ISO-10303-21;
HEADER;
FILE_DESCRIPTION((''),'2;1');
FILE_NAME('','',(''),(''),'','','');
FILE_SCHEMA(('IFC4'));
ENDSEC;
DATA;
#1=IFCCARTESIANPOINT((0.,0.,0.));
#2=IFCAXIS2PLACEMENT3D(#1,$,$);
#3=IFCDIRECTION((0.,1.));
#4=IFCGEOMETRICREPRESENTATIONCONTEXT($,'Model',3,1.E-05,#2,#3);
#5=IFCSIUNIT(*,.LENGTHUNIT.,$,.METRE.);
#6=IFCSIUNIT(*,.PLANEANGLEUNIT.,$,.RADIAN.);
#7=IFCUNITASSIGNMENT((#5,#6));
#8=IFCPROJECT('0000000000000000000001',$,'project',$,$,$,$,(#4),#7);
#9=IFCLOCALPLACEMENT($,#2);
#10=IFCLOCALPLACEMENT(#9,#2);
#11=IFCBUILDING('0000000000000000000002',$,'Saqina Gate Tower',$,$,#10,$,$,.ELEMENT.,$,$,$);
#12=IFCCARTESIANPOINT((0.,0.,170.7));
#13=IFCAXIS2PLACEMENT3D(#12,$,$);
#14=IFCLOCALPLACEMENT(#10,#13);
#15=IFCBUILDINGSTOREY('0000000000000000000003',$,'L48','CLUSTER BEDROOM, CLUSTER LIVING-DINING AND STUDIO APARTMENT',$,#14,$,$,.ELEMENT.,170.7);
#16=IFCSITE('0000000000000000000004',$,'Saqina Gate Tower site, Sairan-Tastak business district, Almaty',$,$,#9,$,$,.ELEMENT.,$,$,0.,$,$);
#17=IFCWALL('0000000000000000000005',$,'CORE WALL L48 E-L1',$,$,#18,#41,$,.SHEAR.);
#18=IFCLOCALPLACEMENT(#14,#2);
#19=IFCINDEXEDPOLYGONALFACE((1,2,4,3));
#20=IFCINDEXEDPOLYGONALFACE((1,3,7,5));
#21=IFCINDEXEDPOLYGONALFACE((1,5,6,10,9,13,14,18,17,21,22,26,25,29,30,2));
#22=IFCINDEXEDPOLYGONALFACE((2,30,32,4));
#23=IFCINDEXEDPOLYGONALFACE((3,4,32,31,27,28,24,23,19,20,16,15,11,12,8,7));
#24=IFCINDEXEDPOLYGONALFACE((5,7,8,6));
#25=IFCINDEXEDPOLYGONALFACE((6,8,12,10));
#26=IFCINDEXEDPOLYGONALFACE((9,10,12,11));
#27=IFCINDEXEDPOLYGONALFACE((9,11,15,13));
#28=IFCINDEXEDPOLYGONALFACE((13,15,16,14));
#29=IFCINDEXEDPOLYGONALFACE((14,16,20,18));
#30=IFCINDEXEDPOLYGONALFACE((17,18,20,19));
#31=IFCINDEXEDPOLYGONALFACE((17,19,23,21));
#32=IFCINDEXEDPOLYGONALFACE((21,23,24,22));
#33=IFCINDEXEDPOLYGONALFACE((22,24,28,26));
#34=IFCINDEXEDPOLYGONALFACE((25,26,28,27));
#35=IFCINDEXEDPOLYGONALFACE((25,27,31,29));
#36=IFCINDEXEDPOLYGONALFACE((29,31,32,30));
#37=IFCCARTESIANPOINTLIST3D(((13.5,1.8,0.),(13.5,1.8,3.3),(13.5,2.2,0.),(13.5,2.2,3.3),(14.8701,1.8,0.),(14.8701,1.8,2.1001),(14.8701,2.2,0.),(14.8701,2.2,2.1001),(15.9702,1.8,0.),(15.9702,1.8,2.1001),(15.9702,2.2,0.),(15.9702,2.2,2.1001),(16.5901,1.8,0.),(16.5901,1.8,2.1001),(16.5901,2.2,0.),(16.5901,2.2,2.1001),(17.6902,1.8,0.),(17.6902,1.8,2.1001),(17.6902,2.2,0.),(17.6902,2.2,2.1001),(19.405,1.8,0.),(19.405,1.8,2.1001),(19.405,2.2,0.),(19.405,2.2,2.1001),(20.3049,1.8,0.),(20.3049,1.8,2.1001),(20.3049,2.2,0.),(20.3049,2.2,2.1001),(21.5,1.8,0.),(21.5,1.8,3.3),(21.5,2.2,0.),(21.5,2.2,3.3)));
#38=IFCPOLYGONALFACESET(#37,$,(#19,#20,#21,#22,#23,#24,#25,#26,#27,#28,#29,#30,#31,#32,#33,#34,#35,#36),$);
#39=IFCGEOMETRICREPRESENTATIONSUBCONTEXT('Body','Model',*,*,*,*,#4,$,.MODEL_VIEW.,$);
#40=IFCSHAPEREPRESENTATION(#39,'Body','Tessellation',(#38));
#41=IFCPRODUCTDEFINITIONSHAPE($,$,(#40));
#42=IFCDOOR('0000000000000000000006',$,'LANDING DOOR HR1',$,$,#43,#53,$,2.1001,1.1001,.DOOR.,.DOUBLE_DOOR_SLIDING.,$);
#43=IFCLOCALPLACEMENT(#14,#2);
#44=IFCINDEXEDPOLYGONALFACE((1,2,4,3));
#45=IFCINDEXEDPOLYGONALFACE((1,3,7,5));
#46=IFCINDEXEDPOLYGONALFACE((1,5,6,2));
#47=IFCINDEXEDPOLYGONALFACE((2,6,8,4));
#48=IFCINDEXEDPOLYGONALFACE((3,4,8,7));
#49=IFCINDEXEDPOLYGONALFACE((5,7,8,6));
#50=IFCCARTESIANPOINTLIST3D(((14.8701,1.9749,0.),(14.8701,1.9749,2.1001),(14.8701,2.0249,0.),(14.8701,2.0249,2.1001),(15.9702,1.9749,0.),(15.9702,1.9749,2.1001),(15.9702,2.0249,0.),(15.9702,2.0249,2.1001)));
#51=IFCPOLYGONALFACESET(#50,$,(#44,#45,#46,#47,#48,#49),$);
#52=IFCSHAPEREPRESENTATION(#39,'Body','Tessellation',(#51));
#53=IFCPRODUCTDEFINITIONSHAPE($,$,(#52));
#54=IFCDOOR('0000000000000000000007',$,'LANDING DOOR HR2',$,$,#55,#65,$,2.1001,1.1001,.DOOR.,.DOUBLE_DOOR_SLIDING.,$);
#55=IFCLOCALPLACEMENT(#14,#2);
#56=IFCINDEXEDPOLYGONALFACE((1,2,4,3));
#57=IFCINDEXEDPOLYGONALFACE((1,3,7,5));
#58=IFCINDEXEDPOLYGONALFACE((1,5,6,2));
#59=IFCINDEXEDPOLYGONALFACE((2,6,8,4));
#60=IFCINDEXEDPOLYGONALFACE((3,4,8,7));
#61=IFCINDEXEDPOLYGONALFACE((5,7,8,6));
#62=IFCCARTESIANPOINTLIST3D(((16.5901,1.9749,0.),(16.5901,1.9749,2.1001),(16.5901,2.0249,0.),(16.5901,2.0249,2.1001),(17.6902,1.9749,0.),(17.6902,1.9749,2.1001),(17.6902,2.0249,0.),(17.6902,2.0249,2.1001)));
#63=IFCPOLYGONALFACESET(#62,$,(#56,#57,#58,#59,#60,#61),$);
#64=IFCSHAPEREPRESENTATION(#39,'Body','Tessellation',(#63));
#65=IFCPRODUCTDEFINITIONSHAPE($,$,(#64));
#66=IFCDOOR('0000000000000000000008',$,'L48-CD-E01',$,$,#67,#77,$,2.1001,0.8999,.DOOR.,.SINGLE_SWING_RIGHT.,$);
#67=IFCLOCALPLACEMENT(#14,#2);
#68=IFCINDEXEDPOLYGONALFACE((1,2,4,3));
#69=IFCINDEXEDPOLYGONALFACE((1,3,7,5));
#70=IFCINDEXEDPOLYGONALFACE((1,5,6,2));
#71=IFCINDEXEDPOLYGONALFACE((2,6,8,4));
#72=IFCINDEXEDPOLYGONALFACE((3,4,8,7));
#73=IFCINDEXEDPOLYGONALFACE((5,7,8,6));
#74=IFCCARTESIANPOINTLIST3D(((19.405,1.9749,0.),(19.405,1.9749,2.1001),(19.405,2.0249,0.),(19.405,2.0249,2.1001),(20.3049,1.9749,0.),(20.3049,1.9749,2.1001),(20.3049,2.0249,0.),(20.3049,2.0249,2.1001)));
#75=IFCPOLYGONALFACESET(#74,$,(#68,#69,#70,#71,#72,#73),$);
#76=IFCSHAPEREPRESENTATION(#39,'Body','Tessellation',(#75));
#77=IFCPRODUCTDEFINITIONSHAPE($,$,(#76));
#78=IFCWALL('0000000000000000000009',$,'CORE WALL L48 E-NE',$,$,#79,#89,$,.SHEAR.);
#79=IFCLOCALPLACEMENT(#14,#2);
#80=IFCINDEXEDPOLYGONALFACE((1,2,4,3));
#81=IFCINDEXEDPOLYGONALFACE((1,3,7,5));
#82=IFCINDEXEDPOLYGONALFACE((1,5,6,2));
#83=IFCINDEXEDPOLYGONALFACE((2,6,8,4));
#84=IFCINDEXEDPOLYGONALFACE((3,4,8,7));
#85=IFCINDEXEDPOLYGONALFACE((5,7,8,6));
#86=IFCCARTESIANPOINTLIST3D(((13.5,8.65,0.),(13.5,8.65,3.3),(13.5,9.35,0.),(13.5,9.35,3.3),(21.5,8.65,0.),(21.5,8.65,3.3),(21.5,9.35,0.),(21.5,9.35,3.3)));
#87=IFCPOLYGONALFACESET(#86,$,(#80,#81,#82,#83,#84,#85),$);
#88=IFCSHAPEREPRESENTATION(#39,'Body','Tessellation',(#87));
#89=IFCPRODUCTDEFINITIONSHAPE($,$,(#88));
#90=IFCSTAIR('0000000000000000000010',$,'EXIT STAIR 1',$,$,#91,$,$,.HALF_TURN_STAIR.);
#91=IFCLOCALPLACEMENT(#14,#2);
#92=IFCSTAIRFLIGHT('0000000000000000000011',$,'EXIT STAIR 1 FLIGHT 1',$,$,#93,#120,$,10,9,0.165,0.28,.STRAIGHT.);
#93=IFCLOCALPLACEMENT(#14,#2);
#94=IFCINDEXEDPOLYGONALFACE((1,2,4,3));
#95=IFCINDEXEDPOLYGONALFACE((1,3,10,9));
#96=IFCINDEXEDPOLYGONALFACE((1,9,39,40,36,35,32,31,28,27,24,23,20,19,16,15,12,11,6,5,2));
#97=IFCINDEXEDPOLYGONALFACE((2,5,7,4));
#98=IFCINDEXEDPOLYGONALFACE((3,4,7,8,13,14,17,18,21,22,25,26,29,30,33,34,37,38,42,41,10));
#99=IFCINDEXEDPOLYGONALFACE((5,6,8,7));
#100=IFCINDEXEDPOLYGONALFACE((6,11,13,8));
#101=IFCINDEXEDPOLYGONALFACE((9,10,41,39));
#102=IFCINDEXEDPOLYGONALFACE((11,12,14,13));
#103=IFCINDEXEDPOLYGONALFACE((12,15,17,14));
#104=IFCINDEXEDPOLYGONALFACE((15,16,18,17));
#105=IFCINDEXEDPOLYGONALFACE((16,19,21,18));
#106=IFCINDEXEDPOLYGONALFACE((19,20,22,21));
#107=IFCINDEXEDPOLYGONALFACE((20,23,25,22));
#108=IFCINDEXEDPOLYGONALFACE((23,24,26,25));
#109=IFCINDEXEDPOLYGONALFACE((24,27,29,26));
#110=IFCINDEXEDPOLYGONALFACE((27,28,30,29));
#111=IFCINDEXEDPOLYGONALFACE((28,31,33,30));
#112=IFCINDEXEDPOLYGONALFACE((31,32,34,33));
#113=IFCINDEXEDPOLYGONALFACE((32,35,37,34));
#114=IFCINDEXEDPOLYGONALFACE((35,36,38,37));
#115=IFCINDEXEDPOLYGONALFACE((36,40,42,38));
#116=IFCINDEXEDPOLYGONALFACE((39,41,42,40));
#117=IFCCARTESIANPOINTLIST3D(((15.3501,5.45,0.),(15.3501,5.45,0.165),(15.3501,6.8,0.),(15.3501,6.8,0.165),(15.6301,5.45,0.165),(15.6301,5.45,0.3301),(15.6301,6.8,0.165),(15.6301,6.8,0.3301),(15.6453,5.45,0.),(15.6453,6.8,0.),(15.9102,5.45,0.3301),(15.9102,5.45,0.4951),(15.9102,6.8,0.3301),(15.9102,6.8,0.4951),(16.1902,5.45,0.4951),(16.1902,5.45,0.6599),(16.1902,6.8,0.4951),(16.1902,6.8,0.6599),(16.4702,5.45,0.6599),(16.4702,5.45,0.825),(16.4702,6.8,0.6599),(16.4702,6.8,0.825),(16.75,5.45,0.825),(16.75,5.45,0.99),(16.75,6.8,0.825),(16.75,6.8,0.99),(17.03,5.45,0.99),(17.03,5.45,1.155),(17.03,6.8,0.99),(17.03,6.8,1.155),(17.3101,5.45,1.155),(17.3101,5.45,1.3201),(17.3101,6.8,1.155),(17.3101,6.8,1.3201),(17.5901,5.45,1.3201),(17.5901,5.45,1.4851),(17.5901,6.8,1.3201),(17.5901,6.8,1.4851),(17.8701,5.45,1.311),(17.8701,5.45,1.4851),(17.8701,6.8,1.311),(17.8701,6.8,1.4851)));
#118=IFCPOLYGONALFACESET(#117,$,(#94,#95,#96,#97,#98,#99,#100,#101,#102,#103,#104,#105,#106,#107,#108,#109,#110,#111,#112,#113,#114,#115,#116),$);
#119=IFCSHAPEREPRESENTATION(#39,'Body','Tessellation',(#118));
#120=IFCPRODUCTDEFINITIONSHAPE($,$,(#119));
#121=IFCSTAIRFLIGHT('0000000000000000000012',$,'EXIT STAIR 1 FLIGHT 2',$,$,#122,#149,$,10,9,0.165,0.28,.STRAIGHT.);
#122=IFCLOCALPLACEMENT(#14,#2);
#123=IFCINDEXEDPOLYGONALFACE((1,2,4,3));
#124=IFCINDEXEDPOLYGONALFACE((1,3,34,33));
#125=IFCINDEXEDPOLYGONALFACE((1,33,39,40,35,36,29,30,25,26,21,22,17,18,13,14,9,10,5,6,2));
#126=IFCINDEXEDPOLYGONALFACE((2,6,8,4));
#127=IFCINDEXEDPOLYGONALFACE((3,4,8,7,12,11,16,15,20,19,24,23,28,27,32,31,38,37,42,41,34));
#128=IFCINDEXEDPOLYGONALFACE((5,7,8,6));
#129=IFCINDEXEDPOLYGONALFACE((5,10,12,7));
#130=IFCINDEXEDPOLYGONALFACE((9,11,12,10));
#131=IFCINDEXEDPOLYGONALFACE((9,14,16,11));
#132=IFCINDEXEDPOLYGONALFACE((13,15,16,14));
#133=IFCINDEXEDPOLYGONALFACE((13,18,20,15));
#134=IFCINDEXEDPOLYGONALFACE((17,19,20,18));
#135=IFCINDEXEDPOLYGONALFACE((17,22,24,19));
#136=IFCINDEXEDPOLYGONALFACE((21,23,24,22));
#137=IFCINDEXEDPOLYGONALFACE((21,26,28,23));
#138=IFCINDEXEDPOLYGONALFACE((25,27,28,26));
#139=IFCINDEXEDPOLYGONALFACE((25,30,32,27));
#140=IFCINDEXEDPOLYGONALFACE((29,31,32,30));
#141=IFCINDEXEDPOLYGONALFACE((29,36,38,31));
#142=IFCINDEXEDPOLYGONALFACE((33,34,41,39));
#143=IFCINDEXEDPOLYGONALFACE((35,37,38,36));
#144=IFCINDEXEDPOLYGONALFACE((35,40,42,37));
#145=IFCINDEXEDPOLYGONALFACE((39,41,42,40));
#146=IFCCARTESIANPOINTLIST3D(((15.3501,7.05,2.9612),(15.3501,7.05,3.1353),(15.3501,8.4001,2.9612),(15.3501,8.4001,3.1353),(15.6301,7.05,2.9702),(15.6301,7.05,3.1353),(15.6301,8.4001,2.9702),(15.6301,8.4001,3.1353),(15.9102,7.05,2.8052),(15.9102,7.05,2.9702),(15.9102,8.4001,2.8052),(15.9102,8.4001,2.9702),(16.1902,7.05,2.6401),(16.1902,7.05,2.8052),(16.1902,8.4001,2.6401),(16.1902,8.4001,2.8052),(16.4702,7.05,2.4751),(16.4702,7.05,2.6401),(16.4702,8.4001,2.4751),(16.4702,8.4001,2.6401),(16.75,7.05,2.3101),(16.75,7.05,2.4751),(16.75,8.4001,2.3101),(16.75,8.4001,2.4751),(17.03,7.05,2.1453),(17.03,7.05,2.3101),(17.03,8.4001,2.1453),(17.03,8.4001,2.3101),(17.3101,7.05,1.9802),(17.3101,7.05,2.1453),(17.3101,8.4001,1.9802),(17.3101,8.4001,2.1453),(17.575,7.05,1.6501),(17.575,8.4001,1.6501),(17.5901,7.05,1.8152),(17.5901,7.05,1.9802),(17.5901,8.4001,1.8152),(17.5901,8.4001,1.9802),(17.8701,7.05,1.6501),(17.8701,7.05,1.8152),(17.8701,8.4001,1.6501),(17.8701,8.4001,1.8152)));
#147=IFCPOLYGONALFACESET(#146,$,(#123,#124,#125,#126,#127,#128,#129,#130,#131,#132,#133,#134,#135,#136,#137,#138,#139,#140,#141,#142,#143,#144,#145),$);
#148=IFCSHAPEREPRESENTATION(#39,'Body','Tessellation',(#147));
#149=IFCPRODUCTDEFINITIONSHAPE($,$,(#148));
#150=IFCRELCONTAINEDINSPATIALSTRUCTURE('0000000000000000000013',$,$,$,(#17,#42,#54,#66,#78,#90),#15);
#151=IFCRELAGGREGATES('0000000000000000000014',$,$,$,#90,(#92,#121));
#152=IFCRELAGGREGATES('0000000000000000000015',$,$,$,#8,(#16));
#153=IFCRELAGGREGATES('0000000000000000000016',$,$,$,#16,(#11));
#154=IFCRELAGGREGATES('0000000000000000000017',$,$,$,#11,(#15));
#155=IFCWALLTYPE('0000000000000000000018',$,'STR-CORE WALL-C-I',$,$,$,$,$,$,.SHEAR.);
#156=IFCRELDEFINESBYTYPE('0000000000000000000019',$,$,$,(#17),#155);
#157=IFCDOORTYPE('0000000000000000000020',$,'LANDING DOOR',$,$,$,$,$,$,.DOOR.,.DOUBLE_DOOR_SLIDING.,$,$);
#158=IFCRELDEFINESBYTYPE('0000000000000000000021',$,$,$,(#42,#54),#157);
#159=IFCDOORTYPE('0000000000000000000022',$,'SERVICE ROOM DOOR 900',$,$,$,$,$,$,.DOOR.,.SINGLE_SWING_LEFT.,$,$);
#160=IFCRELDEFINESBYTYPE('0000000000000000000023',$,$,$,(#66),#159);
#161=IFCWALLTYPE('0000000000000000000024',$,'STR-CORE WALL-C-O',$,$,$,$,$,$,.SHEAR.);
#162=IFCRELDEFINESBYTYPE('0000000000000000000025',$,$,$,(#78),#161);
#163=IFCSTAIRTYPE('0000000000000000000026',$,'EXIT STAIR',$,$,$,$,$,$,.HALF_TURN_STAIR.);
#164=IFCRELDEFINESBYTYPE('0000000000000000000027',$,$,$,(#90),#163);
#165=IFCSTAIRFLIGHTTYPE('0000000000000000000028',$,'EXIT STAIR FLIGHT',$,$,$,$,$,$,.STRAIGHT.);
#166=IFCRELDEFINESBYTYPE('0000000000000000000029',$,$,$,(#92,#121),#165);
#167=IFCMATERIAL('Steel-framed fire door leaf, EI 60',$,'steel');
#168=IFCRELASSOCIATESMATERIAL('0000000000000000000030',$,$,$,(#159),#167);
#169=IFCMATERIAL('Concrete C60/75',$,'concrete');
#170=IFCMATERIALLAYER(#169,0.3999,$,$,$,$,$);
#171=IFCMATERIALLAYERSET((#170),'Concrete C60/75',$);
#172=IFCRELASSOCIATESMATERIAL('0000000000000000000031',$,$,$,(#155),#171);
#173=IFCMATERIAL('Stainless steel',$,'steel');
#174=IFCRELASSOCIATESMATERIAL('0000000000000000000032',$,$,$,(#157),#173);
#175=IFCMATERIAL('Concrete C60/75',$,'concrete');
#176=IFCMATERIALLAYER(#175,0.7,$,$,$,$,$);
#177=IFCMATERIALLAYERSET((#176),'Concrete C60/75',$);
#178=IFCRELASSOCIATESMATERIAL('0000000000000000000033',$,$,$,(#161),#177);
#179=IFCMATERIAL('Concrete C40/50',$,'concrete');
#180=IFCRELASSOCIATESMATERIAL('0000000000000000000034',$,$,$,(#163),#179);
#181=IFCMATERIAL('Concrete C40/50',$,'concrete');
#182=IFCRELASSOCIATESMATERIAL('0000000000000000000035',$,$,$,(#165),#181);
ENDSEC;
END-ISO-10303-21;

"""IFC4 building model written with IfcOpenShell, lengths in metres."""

from ifc_helpers import new_model, si_unit, direction, frame, frame_2d, origin, place, context, subcontext, project, spatial, polyline, rectangle, outline, extrude, material, layer, layer_set, type_object, element, fill, aggregate, save


model = new_model("IFC4")

# Units and contexts
model_context = context("Model", 3, precision=1e-05, world=origin(), true_north=direction((0.0, 1.0)))
body_context = subcontext(model_context, "Body", "Model", "MODEL_VIEW")
ifc_project = project(units=[si_unit("LENGTHUNIT", "METRE"), si_unit("PLANEANGLEUNIT", "RADIAN")], contexts=[model_context])

# Site, building, storey
site_placement = place(None, origin())
site = spatial("IfcSite", under=ifc_project, at=site_placement, Name="Saqina Gate Tower site, Sairan-Tastak business district, Almaty", CompositionType="ELEMENT", RefElevation=0.0)
building_placement = place(site_placement, origin())
building = spatial("IfcBuilding", under=site, at=building_placement, Name="Saqina Gate Tower", CompositionType="ELEMENT")
storey_placement = place(building_placement, frame((0.0, 0.0, 170.7)))
storey = spatial("IfcBuildingStorey", under=building, at=storey_placement, Name="L48", Description="CLUSTER BEDROOM, CLUSTER LIVING-DINING AND STUDIO APARTMENT", CompositionType="ELEMENT", Elevation=170.7)

# Shared definitions
ifc_material_1 = material(Name="Steel-framed fire door leaf, EI 60", Category="steel")
door_type_1 = type_object("IfcDoorType", Name="SERVICE ROOM DOOR 900", OperationType="SINGLE_SWING_LEFT", PredefinedType="DOOR", material=ifc_material_1)

# Shared definitions
ifc_material_2 = material(Name="Concrete C60/75", Category="concrete")
ifc_layer_1 = layer(ifc_material_2, 0.3999)
ifc_layer_set_1 = layer_set([ifc_layer_1], Name="Concrete C60/75")
wall_type_1 = type_object("IfcWallType", Name="STR-CORE WALL-C-I", PredefinedType="SHEAR", material=ifc_layer_set_1)

# Wall, openings, doors
wall_1_placement = place(storey_placement, frame((13.5, 2.0, 0.0), z_axis=(0.0, 0.0, 1.0), x_axis=(1.0, 0.0, 0.0)))
wall_1 = element("IfcWall", 1, at=wall_1_placement, inside=storey, type_object=wall_type_1, Name="CORE WALL L48 E-L1", PredefinedType="SHEAR", context=body_context, shape_type="SweptSolid", body=[
    extrude(rectangle(XDim=8.0, YDim=0.3999, at=frame_2d((4.0, 0.0))), origin(), (0.0, 0.0, 1.0), 3.3),
])
opening_1_placement = place(wall_1_placement, frame((1.3701, 0.0, 0.0)))
opening_1 = element("IfcOpeningElement", 2, at=opening_1_placement, cuts=wall_1, PredefinedType="OPENING", context=body_context, shape_type="SweptSolid", body=[
    extrude(rectangle(XDim=1.1001, YDim=2.1001, at=frame_2d((0.55, 1.05))), frame((0.0, 0.2119, 0.0), z_axis=(0.0, -1.0, 0.0), x_axis=(1.0, 0.0, 0.0)), (0.0, 0.0, 1.0), 0.4238),
])
opening_2_placement = place(wall_1_placement, frame((3.0901, 0.0, 0.0)))
opening_2 = element("IfcOpeningElement", 3, at=opening_2_placement, cuts=wall_1, PredefinedType="OPENING", context=body_context, shape_type="SweptSolid", body=[
    extrude(rectangle(XDim=1.1001, YDim=2.1001, at=frame_2d((0.55, 1.05))), frame((0.0, 0.2119, 0.0), z_axis=(0.0, -1.0, 0.0), x_axis=(1.0, 0.0, 0.0)), (0.0, 0.0, 1.0), 0.4238),
])
opening_3_placement = place(wall_1_placement, frame((5.905, 0.0, 0.0)))
opening_3 = element("IfcOpeningElement", 4, at=opening_3_placement, cuts=wall_1, PredefinedType="OPENING", context=body_context, shape_type="SweptSolid", body=[
    extrude(rectangle(XDim=0.8999, YDim=2.1001, at=frame_2d((0.45, 1.05))), frame((0.0, 0.2119, 0.0), z_axis=(0.0, -1.0, 0.0), x_axis=(1.0, 0.0, 0.0)), (0.0, 0.0, 1.0), 0.4238),
])
ifc_material_3 = material(Name="Stainless steel", Category="steel")
door_type_2 = type_object("IfcDoorType", Name="LANDING DOOR", OperationType="DOUBLE_DOOR_SLIDING", PredefinedType="DOOR", material=ifc_material_3)
door_1_placement = place(opening_1_placement, origin())
door_1 = element("IfcDoor", 5, at=door_1_placement, inside=storey, type_object=door_type_2, Name="LANDING DOOR HR1", OperationType="DOUBLE_DOOR_SLIDING", OverallHeight=2.1001, OverallWidth=1.1001, PredefinedType="DOOR", context=body_context, shape_type="SweptSolid", body=[
    extrude(rectangle(XDim=1.1001, YDim=2.1001, at=frame_2d((0.55, 1.05))), frame((0.0, 0.0249, 0.0), z_axis=(0.0, -1.0, 0.0), x_axis=(1.0, 0.0, 0.0)), (0.0, 0.0, 1.0), 0.05),
])
fill(opening_1, door_1)
door_2_placement = place(opening_2_placement, origin())
door_2 = element("IfcDoor", 6, at=door_2_placement, inside=storey, type_object=door_type_2, Name="LANDING DOOR HR2", OperationType="DOUBLE_DOOR_SLIDING", OverallHeight=2.1001, OverallWidth=1.1001, PredefinedType="DOOR", context=body_context, shape_type="SweptSolid", body=[
    extrude(rectangle(XDim=1.1001, YDim=2.1001, at=frame_2d((0.55, 1.05))), frame((0.0, 0.0249, 0.0), z_axis=(0.0, -1.0, 0.0), x_axis=(1.0, 0.0, 0.0)), (0.0, 0.0, 1.0), 0.05),
])
fill(opening_2, door_2)
door_3_placement = place(opening_3_placement, origin())
door_3 = element("IfcDoor", 7, at=door_3_placement, inside=storey, type_object=door_type_1, Name="L48-CD-E01", OperationType="SINGLE_SWING_RIGHT", OverallHeight=2.1001, OverallWidth=0.8999, PredefinedType="DOOR", context=body_context, shape_type="SweptSolid", body=[
    extrude(rectangle(XDim=0.8999, YDim=2.1001, at=frame_2d((0.45, 1.05))), frame((0.0, 0.0249, 0.0), z_axis=(0.0, -1.0, 0.0), x_axis=(1.0, 0.0, 0.0)), (0.0, 0.0, 1.0), 0.05),
])
fill(opening_3, door_3)

# Wall
ifc_material_4 = material(Name="Concrete C60/75", Category="concrete")
ifc_layer_2 = layer(ifc_material_4, 0.7)
ifc_layer_set_2 = layer_set([ifc_layer_2], Name="Concrete C60/75")
wall_type_2 = type_object("IfcWallType", Name="STR-CORE WALL-C-O", PredefinedType="SHEAR", material=ifc_layer_set_2)
wall_2_placement = place(storey_placement, frame((13.5, 9.0, 0.0), z_axis=(0.0, 0.0, 1.0), x_axis=(1.0, 0.0, 0.0)))
element("IfcWall", 8, at=wall_2_placement, inside=storey, type_object=wall_type_2, Name="CORE WALL L48 E-NE", PredefinedType="SHEAR", context=body_context, shape_type="SweptSolid", body=[
    extrude(rectangle(XDim=8.0, YDim=0.7, at=frame_2d((4.0, 0.0))), origin(), (0.0, 0.0, 1.0), 3.3),
])

# Stair, stair flights
ifc_material_5 = material(Name="Concrete C40/50", Category="concrete")
stair_type = type_object("IfcStairType", Name="EXIT STAIR", PredefinedType="HALF_TURN_STAIR", material=ifc_material_5)
stair_placement = place(storey_placement, origin())
stair = element("IfcStair", 9, at=stair_placement, inside=storey, type_object=stair_type, Name="EXIT STAIR 1", PredefinedType="HALF_TURN_STAIR")
ifc_material_6 = material(Name="Concrete C40/50", Category="concrete")
stair_flight_type = type_object("IfcStairFlightType", Name="EXIT STAIR FLIGHT", PredefinedType="STRAIGHT", material=ifc_material_6)
stair_flight_1_placement = place(storey_placement, frame((15.3501, 6.125, 0.0), z_axis=(0.0, 0.0, 1.0), x_axis=(1.0, 0.0, 0.0)))
stair_flight_1 = element("IfcStairFlight", 10, at=stair_flight_1_placement, type_object=stair_flight_type, Name="EXIT STAIR 1 FLIGHT 1", NumberOfRisers=10, NumberOfTreads=9, PredefinedType="STRAIGHT", RiserHeight=0.165, TreadLength=0.28, context=body_context, shape_type="SweptSolid", body=[
    extrude(outline(polyline([(0.0, 0.0), (0.0, 0.165), (0.28, 0.165), (0.28, 0.3301), (0.5601, 0.3301), (0.5601, 0.4951), (0.8401, 0.4951), (0.8401, 0.6599), (1.1201, 0.6599), (1.1201, 0.825), (1.3999, 0.825), (1.3999, 0.99), (1.6799, 0.99), (1.6799, 1.155), (1.96, 1.155), (1.96, 1.3201), (2.24, 1.3201), (2.24, 1.4851), (2.52, 1.4851), (2.52, 1.6499), (2.52, 1.311), (0.2952, 0.0), (0.0, 0.0)])), frame((0.0, 0.675, 0.0), z_axis=(0.0, -1.0, 0.0), x_axis=(1.0, 0.0, 0.0)), (0.0, 0.0, 1.0), 1.3501),
])
stair_flight_2_placement = place(storey_placement, frame((17.8701, 7.7251, 1.6501), z_axis=(0.0, 0.0, 1.0), x_axis=(-1.0, 0.0, 0.0)))
stair_flight_2 = element("IfcStairFlight", 11, at=stair_flight_2_placement, type_object=stair_flight_type, Name="EXIT STAIR 1 FLIGHT 2", NumberOfRisers=10, NumberOfTreads=9, PredefinedType="STRAIGHT", RiserHeight=0.165, TreadLength=0.28, context=body_context, shape_type="SweptSolid", body=[
    extrude(outline(polyline([(0.0, 0.0), (0.0, 0.165), (0.28, 0.165), (0.28, 0.3301), (0.5601, 0.3301), (0.5601, 0.4951), (0.8401, 0.4951), (0.8401, 0.6599), (1.1201, 0.6599), (1.1201, 0.825), (1.3999, 0.825), (1.3999, 0.99), (1.6799, 0.99), (1.6799, 1.155), (1.96, 1.155), (1.96, 1.3201), (2.24, 1.3201), (2.24, 1.4851), (2.52, 1.4851), (2.52, 1.6499), (2.52, 1.311), (0.2952, 0.0), (0.0, 0.0)])), frame((0.0, 0.675, 0.0), z_axis=(0.0, -1.0, 0.0), x_axis=(1.0, 0.0, 0.0)), (0.0, 0.0, 1.0), 1.3501),
])
aggregate(stair, [stair_flight_1, stair_flight_2])

save(model, "model.ifc")
